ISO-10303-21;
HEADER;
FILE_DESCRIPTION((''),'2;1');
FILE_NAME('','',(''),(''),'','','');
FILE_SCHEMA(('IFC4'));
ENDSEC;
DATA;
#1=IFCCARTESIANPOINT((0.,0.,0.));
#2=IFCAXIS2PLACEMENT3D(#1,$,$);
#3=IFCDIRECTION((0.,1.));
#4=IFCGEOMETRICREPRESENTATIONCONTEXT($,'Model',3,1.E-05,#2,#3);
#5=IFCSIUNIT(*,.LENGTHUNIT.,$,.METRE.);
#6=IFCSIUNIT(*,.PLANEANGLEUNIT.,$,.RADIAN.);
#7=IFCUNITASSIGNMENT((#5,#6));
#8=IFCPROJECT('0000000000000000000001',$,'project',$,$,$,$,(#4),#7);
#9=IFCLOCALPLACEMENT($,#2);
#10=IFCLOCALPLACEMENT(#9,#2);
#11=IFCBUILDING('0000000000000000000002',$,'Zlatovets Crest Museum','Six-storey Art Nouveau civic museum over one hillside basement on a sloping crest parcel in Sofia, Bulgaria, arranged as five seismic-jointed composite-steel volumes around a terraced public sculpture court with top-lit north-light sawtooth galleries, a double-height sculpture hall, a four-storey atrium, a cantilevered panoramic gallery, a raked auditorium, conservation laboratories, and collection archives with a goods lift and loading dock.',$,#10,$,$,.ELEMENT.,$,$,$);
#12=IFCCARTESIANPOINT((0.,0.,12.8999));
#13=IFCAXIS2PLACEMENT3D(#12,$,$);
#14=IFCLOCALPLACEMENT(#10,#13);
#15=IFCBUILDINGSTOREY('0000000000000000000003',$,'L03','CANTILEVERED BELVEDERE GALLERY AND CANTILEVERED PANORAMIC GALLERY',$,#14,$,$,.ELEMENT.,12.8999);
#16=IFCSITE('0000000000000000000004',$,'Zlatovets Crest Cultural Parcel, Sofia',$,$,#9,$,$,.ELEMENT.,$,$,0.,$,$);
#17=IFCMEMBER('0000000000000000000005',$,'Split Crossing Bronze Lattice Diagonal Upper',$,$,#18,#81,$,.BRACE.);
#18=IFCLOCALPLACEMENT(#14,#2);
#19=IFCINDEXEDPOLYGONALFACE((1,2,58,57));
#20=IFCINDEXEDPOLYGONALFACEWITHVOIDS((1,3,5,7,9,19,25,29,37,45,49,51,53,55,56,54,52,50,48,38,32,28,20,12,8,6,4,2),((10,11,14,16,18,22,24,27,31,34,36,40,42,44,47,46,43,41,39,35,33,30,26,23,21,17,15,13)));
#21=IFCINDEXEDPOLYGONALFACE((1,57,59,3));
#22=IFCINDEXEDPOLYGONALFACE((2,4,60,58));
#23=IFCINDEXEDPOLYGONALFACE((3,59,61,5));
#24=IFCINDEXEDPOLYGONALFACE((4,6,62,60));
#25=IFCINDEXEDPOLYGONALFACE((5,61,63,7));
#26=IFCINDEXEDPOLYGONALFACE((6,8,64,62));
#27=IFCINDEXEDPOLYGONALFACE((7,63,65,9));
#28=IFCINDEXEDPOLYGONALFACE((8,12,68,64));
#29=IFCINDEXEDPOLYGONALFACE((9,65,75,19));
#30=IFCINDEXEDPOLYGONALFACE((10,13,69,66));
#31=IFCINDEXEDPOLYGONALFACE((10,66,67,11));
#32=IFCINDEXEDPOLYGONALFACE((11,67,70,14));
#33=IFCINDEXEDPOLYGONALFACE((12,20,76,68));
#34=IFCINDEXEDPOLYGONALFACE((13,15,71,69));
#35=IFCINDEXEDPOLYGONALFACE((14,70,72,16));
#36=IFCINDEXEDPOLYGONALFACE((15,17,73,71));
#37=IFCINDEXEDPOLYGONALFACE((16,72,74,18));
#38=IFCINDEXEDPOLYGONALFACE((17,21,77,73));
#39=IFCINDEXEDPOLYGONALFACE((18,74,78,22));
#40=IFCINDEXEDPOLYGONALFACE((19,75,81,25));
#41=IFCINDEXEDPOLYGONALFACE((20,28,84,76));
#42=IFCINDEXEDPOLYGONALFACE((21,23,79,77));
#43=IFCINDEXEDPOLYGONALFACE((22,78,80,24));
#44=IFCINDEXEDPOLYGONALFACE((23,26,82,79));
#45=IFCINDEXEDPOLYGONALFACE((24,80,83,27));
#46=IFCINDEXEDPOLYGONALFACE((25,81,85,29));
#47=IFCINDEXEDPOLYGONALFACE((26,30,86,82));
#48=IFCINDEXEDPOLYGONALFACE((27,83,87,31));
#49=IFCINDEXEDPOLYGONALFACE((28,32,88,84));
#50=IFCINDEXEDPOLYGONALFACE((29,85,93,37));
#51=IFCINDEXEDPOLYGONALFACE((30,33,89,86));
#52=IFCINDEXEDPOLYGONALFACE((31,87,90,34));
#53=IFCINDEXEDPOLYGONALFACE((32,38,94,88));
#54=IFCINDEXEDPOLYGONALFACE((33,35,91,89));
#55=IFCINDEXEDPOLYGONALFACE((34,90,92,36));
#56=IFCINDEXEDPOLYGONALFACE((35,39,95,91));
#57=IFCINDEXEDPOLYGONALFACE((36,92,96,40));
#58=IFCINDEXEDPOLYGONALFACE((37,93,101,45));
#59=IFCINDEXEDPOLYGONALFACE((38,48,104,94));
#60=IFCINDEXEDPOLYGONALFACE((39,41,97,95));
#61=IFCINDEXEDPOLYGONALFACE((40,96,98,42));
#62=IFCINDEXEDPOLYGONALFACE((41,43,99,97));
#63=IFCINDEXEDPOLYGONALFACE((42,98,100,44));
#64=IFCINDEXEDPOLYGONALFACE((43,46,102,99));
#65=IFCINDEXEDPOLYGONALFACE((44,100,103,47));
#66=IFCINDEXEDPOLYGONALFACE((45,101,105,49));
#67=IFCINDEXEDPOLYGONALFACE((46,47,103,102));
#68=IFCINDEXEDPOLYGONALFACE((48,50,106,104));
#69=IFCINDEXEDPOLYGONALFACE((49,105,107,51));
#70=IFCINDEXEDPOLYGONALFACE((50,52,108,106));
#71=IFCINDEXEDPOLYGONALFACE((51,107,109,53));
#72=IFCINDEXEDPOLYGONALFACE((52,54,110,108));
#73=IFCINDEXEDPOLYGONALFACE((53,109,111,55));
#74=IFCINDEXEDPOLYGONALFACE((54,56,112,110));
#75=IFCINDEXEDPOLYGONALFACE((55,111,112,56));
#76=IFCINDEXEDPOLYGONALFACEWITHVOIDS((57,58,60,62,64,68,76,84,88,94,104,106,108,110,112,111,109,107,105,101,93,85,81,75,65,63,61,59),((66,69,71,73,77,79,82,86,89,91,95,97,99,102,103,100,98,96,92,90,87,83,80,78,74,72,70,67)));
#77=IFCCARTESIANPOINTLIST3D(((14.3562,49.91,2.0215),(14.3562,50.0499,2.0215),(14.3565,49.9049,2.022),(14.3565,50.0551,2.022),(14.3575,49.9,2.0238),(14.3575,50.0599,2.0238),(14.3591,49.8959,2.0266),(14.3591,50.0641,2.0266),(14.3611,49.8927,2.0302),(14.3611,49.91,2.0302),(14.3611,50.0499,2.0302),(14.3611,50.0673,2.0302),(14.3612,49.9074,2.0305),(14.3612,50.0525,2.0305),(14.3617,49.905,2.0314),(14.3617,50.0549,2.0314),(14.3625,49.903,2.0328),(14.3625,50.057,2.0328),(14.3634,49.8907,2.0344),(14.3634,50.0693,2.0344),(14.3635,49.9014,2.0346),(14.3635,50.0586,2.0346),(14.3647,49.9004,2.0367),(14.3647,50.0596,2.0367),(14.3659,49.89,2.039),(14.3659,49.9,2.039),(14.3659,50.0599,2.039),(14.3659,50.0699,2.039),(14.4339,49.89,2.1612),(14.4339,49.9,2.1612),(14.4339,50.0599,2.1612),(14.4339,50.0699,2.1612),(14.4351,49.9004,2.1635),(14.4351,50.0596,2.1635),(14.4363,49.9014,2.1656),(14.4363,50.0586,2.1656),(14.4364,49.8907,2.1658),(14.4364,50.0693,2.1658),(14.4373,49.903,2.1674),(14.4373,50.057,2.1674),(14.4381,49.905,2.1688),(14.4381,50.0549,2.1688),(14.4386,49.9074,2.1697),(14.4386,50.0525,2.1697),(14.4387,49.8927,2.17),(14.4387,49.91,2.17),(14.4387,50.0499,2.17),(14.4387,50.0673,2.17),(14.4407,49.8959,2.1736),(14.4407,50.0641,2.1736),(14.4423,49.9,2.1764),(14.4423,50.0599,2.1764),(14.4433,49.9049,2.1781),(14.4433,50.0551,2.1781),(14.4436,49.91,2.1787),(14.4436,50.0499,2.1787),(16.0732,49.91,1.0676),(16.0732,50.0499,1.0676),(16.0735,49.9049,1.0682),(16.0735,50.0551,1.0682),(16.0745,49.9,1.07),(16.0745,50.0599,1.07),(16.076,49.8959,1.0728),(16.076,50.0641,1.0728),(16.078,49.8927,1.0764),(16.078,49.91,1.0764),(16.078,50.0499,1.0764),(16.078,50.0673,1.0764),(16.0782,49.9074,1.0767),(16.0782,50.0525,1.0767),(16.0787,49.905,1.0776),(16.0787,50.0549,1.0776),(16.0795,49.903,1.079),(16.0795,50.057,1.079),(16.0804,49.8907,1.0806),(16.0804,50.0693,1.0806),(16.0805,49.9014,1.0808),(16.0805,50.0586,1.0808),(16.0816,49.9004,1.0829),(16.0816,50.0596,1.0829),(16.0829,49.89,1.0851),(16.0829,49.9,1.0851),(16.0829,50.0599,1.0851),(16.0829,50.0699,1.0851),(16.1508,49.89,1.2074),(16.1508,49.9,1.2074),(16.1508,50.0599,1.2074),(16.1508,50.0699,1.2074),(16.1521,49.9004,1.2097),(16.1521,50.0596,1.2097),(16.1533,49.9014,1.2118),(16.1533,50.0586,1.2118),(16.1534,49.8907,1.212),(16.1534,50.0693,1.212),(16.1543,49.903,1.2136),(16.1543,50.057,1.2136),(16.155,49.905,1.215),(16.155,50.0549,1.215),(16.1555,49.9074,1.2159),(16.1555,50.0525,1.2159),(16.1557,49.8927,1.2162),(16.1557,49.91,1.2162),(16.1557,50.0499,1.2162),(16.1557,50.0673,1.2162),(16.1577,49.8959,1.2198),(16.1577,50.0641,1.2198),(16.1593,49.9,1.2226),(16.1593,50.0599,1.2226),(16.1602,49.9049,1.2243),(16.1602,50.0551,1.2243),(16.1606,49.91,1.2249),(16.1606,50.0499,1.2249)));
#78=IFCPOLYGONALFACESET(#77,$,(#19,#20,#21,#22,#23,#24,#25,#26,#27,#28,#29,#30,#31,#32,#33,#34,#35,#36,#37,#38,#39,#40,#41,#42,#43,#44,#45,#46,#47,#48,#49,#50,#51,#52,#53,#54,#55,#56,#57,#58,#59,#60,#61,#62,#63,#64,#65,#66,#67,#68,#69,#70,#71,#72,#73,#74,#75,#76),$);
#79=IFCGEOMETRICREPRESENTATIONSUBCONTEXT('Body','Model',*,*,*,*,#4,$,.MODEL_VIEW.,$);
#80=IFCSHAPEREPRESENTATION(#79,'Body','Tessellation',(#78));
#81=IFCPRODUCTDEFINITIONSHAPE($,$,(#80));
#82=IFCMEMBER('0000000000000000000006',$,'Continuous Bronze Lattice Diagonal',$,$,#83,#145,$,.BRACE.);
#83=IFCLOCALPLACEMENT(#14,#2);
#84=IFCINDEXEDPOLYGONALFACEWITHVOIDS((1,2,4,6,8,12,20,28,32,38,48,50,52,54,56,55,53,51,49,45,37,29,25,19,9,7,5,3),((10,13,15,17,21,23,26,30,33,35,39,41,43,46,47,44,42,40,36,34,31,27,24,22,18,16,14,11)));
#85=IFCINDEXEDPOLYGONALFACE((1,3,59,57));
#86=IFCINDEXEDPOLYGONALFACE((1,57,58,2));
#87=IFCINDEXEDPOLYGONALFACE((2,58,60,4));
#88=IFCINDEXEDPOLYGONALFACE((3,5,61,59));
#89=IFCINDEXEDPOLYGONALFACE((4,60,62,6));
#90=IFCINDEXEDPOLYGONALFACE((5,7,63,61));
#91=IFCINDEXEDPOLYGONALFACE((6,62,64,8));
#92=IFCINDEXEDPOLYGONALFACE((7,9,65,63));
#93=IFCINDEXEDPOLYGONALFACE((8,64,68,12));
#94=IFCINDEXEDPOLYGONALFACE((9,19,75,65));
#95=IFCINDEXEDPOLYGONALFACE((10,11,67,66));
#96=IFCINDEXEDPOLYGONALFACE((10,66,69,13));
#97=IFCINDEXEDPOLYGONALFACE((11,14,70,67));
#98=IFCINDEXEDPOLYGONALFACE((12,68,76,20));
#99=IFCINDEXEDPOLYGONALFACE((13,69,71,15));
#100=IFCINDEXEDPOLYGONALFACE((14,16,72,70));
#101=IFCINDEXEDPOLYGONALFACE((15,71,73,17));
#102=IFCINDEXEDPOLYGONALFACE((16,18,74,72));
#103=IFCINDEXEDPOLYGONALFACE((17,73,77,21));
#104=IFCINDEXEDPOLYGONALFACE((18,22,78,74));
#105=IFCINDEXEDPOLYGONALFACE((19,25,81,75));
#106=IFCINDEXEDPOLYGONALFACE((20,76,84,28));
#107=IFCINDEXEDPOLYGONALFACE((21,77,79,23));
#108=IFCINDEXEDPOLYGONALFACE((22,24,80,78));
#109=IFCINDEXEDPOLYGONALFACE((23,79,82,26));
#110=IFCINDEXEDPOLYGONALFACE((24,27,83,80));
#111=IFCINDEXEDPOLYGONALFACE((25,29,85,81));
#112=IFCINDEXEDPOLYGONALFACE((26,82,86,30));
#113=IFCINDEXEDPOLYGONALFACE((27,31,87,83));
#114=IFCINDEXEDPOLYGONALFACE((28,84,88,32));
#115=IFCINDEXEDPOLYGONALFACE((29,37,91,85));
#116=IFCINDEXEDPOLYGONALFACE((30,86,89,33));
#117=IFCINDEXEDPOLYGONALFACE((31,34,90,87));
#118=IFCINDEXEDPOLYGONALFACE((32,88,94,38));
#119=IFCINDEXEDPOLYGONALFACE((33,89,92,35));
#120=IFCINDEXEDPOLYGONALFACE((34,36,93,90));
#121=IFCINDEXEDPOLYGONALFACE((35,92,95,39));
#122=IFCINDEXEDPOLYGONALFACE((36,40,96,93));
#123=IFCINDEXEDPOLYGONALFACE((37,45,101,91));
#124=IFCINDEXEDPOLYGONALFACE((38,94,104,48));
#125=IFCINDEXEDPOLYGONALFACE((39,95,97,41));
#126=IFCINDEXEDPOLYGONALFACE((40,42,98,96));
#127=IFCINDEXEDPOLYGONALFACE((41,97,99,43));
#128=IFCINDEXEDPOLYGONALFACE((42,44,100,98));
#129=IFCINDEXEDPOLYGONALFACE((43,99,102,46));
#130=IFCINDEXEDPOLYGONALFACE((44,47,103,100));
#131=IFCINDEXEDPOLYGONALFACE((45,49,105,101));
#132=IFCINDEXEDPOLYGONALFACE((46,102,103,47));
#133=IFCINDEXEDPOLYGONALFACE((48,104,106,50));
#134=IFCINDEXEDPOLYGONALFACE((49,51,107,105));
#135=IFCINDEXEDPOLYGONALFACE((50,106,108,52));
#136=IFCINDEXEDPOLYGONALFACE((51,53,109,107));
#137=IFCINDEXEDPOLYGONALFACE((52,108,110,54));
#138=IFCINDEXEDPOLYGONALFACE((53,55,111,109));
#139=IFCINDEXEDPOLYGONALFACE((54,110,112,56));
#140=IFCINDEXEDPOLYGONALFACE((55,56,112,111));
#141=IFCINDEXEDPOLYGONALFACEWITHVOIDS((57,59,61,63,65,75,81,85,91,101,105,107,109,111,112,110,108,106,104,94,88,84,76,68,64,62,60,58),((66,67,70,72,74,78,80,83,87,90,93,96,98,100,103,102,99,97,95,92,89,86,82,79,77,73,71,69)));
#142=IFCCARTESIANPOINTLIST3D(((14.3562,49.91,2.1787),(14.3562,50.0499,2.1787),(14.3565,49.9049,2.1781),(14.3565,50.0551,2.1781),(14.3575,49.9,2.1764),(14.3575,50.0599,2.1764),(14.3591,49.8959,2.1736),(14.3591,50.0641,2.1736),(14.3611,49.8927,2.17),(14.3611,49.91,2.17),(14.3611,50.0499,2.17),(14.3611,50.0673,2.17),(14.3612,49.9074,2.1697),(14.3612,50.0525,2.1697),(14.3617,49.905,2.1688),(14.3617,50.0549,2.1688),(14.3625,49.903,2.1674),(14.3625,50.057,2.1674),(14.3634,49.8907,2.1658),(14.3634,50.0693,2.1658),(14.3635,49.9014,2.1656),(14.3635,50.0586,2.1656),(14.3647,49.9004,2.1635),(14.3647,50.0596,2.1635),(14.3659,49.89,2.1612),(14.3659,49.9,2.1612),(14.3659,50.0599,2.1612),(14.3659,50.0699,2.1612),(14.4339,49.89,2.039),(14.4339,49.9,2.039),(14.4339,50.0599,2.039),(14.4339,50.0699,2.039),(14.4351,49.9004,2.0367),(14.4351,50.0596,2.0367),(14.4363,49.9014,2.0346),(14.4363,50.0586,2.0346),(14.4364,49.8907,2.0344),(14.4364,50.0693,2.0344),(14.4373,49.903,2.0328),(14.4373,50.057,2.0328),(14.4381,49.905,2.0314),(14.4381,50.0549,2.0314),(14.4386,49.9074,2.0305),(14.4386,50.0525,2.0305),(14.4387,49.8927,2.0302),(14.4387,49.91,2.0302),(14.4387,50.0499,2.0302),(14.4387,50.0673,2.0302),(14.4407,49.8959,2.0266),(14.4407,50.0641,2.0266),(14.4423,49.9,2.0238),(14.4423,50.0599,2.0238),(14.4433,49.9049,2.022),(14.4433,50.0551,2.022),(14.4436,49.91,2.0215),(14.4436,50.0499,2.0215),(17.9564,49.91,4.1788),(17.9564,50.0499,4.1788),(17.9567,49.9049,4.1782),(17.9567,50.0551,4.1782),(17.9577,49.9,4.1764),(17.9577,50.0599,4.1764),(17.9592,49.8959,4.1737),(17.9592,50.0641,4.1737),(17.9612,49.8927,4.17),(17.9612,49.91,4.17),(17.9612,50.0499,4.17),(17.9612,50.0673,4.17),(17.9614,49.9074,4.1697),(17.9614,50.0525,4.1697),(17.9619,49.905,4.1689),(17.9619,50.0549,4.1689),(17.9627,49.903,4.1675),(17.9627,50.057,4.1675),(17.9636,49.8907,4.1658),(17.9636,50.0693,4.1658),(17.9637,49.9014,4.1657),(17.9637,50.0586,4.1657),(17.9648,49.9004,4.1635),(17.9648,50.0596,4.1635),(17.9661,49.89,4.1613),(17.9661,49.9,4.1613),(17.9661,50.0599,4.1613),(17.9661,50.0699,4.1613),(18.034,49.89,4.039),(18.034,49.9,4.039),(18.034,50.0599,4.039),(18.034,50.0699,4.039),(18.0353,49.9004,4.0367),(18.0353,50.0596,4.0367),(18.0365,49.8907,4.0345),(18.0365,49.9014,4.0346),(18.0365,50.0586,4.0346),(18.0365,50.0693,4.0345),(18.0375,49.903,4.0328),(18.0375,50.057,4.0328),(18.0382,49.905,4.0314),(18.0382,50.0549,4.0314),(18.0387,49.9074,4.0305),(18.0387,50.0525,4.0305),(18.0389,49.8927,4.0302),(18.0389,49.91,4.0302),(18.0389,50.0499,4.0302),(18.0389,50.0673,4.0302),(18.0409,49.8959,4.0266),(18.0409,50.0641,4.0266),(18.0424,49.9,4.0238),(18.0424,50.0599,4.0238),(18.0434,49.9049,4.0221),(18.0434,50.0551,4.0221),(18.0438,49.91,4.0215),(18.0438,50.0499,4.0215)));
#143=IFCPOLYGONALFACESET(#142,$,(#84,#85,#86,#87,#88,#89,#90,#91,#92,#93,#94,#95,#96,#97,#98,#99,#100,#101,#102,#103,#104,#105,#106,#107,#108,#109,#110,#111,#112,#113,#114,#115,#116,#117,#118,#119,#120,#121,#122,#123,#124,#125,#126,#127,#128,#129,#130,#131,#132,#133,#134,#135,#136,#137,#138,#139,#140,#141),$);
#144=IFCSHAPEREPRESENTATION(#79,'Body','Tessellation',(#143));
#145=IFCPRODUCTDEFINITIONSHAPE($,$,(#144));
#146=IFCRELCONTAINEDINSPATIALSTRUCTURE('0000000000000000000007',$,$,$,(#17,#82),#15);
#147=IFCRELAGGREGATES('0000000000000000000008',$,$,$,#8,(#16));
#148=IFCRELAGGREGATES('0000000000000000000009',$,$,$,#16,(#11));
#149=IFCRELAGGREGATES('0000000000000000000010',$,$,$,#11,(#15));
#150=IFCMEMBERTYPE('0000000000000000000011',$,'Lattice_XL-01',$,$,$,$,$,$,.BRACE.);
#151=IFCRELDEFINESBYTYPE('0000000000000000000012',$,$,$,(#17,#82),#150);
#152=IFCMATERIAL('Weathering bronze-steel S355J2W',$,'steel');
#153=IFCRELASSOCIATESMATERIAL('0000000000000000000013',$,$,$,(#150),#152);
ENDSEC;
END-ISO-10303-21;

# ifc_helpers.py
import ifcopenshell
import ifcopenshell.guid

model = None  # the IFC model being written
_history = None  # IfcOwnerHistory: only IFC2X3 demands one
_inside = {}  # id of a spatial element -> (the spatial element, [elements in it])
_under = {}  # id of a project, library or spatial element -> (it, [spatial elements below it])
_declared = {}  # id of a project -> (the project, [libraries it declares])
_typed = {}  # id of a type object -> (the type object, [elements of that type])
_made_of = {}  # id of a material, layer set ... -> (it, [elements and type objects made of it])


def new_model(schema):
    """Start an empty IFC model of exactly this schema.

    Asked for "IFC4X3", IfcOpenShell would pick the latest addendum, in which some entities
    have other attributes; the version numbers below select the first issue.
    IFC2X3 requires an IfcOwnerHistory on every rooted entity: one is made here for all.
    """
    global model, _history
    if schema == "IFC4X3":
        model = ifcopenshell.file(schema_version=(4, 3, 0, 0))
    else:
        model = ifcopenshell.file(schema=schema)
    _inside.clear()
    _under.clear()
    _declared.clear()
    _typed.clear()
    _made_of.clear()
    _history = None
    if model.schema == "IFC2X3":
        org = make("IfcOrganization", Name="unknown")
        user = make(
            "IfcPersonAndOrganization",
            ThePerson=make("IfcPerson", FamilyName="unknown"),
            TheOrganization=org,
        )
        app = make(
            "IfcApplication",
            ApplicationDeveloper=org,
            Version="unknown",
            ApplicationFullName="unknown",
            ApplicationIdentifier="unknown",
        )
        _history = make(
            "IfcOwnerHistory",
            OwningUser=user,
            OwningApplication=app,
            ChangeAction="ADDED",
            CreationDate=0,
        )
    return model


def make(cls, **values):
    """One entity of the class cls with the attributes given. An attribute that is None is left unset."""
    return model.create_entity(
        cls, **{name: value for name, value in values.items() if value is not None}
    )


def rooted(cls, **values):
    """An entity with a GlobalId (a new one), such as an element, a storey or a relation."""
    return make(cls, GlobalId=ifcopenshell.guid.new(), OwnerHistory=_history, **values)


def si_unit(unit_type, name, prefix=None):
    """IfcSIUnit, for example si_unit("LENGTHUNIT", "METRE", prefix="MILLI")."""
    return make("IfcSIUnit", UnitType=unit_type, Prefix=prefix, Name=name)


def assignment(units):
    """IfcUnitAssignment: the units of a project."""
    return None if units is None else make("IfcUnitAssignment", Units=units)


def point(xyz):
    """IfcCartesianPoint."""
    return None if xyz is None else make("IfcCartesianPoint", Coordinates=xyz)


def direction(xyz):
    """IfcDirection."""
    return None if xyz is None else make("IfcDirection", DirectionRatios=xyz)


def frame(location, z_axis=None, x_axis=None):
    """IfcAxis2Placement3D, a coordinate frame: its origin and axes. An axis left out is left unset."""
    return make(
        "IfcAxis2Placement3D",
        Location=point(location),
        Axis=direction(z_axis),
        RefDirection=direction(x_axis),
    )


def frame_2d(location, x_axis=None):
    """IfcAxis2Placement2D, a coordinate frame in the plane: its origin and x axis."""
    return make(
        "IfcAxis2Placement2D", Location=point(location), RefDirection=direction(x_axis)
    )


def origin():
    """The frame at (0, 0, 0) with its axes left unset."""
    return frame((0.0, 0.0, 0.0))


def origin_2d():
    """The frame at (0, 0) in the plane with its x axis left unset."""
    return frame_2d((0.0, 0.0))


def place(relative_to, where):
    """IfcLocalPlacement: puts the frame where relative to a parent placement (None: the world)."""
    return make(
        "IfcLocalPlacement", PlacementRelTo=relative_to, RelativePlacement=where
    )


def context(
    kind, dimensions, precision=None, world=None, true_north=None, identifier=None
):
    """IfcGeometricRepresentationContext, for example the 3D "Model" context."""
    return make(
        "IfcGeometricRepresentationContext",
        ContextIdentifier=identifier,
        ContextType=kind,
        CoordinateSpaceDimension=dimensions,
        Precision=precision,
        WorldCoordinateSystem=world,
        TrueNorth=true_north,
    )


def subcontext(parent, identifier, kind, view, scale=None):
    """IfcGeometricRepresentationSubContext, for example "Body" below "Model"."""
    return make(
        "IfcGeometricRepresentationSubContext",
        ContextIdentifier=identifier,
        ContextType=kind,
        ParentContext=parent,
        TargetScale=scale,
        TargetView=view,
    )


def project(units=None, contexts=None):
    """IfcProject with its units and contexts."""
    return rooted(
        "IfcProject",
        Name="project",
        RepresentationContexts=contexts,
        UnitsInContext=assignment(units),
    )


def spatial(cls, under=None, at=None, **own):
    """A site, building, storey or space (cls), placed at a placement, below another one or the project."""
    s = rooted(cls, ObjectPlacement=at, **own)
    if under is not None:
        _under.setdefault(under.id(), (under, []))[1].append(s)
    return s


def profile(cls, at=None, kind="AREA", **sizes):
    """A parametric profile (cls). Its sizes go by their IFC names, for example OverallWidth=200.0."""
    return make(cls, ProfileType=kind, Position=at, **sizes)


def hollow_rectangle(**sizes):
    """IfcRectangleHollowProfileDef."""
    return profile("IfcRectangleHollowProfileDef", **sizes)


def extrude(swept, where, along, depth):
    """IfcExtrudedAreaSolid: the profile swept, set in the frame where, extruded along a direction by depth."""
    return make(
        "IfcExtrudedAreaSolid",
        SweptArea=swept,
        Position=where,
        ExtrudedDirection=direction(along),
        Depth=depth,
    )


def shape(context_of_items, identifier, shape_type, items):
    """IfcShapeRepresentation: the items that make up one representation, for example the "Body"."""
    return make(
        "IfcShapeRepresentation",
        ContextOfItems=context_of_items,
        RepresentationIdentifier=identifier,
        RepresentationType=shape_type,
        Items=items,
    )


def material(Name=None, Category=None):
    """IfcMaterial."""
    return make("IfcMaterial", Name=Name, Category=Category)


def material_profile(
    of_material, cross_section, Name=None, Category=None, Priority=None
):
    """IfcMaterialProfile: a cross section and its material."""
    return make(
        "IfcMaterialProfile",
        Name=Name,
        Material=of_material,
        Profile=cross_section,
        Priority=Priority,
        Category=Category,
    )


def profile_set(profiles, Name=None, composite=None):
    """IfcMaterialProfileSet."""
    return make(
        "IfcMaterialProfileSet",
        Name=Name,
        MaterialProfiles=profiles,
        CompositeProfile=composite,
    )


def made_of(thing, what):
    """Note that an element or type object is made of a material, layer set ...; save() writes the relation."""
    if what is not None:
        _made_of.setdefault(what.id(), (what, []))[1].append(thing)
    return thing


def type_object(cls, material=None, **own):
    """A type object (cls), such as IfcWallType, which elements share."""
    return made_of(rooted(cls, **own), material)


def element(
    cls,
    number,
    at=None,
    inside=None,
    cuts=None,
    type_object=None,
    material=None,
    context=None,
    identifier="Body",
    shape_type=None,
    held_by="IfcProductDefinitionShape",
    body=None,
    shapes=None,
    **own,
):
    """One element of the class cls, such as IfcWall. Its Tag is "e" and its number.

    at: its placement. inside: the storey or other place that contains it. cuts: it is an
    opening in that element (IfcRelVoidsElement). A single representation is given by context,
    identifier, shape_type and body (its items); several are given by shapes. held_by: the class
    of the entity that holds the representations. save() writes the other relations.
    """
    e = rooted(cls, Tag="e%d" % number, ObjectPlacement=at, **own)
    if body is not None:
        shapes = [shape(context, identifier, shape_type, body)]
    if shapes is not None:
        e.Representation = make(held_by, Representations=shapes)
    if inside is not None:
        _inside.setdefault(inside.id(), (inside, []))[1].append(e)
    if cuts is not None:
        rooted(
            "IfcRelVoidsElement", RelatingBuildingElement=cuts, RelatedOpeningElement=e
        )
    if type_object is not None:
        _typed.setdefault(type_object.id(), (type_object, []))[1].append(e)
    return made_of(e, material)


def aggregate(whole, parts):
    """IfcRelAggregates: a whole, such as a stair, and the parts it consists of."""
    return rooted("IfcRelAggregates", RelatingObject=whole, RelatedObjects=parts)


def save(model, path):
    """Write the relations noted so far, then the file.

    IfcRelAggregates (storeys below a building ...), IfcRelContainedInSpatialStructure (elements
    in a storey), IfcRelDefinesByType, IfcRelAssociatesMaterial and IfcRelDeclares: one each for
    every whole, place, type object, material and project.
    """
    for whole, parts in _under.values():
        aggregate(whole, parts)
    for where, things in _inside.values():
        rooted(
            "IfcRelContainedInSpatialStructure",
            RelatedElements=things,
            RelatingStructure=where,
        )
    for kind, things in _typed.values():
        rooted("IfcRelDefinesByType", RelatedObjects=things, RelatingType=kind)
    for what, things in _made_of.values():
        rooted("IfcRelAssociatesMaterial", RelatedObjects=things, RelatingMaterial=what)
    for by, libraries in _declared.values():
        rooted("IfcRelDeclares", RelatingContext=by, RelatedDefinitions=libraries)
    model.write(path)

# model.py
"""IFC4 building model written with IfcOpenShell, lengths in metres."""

from ifc_helpers import new_model, si_unit, direction, frame, origin, origin_2d, place, context, subcontext, project, spatial, hollow_rectangle, extrude, material, material_profile, profile_set, type_object, element, save


model = new_model("IFC4")

# Units and contexts
model_context = context("Model", 3, precision=1e-05, world=origin(), true_north=direction((0.0, 1.0)))
body_context = subcontext(model_context, "Body", "Model", "MODEL_VIEW")
ifc_project = project(units=[si_unit("LENGTHUNIT", "METRE"), si_unit("PLANEANGLEUNIT", "RADIAN")], contexts=[model_context])

# Site, building, storey
site_placement = place(None, origin())
site = spatial("IfcSite", under=ifc_project, at=site_placement, Name="Zlatovets Crest Cultural Parcel, Sofia", CompositionType="ELEMENT", RefElevation=0.0)
building_placement = place(site_placement, origin())
building = spatial("IfcBuilding", under=site, at=building_placement, Name="Zlatovets Crest Museum", Description="Six-storey Art Nouveau civic museum over one hillside basement on a sloping crest parcel in Sofia, Bulgaria, arranged as five seismic-jointed composite-steel volumes around a terraced public sculpture court with top-lit north-light sawtooth galleries, a double-height sculpture hall, a four-storey atrium, a cantilevered panoramic gallery, a raked auditorium, conservation laboratories, and collection archives with a goods lift and loading dock.", CompositionType="ELEMENT")
storey_placement = place(building_placement, frame((0.0, 0.0, 12.8999)))
storey = spatial("IfcBuildingStorey", under=building, at=storey_placement, Name="L03", Description="CANTILEVERED BELVEDERE GALLERY AND CANTILEVERED PANORAMIC GALLERY", CompositionType="ELEMENT", Elevation=12.8999)

# Members
ifc_material_1 = material(Name="Weathering bronze-steel S355J2W", Category="steel")
ifc_material_profile_1 = material_profile(ifc_material_1, hollow_rectangle(XDim=0.1799, YDim=0.1799, WallThickness=0.01, InnerFilletRadius=0.01, OuterFilletRadius=0.02, at=origin_2d()), Name="SHS 180x180x10.0")
ifc_profile_set_1 = profile_set([ifc_material_profile_1], Name="Weathering bronze-steel S355J2W")
member_type_1 = type_object("IfcMemberType", Name="Lattice_XL-01", PredefinedType="BRACE", material=ifc_profile_set_1)
member_1_placement = place(storey_placement, frame((14.3999, 49.98, 2.1001), z_axis=(0.874169, 0.0, -0.485622), x_axis=(0.0, 1.0, 0.0)))
element("IfcMember", 1, at=member_1_placement, inside=storey, type_object=member_type_1, Name="Split Crossing Bronze Lattice Diagonal Upper", PredefinedType="BRACE", context=body_context, shape_type="SweptSolid", body=[
    extrude(hollow_rectangle(XDim=0.1799, YDim=0.1799, WallThickness=0.01, InnerFilletRadius=0.01, OuterFilletRadius=0.02, at=origin_2d()), origin(), (0.0, 0.0, 1.0), 1.9641),
])
member_2_placement = place(storey_placement, frame((14.3999, 49.98, 2.1001), z_axis=(0.874163, 0.0, 0.485633), x_axis=(0.0, 1.0, 0.0)))
element("IfcMember", 2, at=member_2_placement, inside=storey, type_object=member_type_1, Name="Continuous Bronze Lattice Diagonal", PredefinedType="BRACE", context=body_context, shape_type="SweptSolid", body=[
    extrude(hollow_rectangle(XDim=0.1799, YDim=0.1799, WallThickness=0.01, InnerFilletRadius=0.01, OuterFilletRadius=0.02, at=origin_2d()), origin(), (0.0, 0.0, 1.0), 4.1184),
])

save(model, "model.ifc")
